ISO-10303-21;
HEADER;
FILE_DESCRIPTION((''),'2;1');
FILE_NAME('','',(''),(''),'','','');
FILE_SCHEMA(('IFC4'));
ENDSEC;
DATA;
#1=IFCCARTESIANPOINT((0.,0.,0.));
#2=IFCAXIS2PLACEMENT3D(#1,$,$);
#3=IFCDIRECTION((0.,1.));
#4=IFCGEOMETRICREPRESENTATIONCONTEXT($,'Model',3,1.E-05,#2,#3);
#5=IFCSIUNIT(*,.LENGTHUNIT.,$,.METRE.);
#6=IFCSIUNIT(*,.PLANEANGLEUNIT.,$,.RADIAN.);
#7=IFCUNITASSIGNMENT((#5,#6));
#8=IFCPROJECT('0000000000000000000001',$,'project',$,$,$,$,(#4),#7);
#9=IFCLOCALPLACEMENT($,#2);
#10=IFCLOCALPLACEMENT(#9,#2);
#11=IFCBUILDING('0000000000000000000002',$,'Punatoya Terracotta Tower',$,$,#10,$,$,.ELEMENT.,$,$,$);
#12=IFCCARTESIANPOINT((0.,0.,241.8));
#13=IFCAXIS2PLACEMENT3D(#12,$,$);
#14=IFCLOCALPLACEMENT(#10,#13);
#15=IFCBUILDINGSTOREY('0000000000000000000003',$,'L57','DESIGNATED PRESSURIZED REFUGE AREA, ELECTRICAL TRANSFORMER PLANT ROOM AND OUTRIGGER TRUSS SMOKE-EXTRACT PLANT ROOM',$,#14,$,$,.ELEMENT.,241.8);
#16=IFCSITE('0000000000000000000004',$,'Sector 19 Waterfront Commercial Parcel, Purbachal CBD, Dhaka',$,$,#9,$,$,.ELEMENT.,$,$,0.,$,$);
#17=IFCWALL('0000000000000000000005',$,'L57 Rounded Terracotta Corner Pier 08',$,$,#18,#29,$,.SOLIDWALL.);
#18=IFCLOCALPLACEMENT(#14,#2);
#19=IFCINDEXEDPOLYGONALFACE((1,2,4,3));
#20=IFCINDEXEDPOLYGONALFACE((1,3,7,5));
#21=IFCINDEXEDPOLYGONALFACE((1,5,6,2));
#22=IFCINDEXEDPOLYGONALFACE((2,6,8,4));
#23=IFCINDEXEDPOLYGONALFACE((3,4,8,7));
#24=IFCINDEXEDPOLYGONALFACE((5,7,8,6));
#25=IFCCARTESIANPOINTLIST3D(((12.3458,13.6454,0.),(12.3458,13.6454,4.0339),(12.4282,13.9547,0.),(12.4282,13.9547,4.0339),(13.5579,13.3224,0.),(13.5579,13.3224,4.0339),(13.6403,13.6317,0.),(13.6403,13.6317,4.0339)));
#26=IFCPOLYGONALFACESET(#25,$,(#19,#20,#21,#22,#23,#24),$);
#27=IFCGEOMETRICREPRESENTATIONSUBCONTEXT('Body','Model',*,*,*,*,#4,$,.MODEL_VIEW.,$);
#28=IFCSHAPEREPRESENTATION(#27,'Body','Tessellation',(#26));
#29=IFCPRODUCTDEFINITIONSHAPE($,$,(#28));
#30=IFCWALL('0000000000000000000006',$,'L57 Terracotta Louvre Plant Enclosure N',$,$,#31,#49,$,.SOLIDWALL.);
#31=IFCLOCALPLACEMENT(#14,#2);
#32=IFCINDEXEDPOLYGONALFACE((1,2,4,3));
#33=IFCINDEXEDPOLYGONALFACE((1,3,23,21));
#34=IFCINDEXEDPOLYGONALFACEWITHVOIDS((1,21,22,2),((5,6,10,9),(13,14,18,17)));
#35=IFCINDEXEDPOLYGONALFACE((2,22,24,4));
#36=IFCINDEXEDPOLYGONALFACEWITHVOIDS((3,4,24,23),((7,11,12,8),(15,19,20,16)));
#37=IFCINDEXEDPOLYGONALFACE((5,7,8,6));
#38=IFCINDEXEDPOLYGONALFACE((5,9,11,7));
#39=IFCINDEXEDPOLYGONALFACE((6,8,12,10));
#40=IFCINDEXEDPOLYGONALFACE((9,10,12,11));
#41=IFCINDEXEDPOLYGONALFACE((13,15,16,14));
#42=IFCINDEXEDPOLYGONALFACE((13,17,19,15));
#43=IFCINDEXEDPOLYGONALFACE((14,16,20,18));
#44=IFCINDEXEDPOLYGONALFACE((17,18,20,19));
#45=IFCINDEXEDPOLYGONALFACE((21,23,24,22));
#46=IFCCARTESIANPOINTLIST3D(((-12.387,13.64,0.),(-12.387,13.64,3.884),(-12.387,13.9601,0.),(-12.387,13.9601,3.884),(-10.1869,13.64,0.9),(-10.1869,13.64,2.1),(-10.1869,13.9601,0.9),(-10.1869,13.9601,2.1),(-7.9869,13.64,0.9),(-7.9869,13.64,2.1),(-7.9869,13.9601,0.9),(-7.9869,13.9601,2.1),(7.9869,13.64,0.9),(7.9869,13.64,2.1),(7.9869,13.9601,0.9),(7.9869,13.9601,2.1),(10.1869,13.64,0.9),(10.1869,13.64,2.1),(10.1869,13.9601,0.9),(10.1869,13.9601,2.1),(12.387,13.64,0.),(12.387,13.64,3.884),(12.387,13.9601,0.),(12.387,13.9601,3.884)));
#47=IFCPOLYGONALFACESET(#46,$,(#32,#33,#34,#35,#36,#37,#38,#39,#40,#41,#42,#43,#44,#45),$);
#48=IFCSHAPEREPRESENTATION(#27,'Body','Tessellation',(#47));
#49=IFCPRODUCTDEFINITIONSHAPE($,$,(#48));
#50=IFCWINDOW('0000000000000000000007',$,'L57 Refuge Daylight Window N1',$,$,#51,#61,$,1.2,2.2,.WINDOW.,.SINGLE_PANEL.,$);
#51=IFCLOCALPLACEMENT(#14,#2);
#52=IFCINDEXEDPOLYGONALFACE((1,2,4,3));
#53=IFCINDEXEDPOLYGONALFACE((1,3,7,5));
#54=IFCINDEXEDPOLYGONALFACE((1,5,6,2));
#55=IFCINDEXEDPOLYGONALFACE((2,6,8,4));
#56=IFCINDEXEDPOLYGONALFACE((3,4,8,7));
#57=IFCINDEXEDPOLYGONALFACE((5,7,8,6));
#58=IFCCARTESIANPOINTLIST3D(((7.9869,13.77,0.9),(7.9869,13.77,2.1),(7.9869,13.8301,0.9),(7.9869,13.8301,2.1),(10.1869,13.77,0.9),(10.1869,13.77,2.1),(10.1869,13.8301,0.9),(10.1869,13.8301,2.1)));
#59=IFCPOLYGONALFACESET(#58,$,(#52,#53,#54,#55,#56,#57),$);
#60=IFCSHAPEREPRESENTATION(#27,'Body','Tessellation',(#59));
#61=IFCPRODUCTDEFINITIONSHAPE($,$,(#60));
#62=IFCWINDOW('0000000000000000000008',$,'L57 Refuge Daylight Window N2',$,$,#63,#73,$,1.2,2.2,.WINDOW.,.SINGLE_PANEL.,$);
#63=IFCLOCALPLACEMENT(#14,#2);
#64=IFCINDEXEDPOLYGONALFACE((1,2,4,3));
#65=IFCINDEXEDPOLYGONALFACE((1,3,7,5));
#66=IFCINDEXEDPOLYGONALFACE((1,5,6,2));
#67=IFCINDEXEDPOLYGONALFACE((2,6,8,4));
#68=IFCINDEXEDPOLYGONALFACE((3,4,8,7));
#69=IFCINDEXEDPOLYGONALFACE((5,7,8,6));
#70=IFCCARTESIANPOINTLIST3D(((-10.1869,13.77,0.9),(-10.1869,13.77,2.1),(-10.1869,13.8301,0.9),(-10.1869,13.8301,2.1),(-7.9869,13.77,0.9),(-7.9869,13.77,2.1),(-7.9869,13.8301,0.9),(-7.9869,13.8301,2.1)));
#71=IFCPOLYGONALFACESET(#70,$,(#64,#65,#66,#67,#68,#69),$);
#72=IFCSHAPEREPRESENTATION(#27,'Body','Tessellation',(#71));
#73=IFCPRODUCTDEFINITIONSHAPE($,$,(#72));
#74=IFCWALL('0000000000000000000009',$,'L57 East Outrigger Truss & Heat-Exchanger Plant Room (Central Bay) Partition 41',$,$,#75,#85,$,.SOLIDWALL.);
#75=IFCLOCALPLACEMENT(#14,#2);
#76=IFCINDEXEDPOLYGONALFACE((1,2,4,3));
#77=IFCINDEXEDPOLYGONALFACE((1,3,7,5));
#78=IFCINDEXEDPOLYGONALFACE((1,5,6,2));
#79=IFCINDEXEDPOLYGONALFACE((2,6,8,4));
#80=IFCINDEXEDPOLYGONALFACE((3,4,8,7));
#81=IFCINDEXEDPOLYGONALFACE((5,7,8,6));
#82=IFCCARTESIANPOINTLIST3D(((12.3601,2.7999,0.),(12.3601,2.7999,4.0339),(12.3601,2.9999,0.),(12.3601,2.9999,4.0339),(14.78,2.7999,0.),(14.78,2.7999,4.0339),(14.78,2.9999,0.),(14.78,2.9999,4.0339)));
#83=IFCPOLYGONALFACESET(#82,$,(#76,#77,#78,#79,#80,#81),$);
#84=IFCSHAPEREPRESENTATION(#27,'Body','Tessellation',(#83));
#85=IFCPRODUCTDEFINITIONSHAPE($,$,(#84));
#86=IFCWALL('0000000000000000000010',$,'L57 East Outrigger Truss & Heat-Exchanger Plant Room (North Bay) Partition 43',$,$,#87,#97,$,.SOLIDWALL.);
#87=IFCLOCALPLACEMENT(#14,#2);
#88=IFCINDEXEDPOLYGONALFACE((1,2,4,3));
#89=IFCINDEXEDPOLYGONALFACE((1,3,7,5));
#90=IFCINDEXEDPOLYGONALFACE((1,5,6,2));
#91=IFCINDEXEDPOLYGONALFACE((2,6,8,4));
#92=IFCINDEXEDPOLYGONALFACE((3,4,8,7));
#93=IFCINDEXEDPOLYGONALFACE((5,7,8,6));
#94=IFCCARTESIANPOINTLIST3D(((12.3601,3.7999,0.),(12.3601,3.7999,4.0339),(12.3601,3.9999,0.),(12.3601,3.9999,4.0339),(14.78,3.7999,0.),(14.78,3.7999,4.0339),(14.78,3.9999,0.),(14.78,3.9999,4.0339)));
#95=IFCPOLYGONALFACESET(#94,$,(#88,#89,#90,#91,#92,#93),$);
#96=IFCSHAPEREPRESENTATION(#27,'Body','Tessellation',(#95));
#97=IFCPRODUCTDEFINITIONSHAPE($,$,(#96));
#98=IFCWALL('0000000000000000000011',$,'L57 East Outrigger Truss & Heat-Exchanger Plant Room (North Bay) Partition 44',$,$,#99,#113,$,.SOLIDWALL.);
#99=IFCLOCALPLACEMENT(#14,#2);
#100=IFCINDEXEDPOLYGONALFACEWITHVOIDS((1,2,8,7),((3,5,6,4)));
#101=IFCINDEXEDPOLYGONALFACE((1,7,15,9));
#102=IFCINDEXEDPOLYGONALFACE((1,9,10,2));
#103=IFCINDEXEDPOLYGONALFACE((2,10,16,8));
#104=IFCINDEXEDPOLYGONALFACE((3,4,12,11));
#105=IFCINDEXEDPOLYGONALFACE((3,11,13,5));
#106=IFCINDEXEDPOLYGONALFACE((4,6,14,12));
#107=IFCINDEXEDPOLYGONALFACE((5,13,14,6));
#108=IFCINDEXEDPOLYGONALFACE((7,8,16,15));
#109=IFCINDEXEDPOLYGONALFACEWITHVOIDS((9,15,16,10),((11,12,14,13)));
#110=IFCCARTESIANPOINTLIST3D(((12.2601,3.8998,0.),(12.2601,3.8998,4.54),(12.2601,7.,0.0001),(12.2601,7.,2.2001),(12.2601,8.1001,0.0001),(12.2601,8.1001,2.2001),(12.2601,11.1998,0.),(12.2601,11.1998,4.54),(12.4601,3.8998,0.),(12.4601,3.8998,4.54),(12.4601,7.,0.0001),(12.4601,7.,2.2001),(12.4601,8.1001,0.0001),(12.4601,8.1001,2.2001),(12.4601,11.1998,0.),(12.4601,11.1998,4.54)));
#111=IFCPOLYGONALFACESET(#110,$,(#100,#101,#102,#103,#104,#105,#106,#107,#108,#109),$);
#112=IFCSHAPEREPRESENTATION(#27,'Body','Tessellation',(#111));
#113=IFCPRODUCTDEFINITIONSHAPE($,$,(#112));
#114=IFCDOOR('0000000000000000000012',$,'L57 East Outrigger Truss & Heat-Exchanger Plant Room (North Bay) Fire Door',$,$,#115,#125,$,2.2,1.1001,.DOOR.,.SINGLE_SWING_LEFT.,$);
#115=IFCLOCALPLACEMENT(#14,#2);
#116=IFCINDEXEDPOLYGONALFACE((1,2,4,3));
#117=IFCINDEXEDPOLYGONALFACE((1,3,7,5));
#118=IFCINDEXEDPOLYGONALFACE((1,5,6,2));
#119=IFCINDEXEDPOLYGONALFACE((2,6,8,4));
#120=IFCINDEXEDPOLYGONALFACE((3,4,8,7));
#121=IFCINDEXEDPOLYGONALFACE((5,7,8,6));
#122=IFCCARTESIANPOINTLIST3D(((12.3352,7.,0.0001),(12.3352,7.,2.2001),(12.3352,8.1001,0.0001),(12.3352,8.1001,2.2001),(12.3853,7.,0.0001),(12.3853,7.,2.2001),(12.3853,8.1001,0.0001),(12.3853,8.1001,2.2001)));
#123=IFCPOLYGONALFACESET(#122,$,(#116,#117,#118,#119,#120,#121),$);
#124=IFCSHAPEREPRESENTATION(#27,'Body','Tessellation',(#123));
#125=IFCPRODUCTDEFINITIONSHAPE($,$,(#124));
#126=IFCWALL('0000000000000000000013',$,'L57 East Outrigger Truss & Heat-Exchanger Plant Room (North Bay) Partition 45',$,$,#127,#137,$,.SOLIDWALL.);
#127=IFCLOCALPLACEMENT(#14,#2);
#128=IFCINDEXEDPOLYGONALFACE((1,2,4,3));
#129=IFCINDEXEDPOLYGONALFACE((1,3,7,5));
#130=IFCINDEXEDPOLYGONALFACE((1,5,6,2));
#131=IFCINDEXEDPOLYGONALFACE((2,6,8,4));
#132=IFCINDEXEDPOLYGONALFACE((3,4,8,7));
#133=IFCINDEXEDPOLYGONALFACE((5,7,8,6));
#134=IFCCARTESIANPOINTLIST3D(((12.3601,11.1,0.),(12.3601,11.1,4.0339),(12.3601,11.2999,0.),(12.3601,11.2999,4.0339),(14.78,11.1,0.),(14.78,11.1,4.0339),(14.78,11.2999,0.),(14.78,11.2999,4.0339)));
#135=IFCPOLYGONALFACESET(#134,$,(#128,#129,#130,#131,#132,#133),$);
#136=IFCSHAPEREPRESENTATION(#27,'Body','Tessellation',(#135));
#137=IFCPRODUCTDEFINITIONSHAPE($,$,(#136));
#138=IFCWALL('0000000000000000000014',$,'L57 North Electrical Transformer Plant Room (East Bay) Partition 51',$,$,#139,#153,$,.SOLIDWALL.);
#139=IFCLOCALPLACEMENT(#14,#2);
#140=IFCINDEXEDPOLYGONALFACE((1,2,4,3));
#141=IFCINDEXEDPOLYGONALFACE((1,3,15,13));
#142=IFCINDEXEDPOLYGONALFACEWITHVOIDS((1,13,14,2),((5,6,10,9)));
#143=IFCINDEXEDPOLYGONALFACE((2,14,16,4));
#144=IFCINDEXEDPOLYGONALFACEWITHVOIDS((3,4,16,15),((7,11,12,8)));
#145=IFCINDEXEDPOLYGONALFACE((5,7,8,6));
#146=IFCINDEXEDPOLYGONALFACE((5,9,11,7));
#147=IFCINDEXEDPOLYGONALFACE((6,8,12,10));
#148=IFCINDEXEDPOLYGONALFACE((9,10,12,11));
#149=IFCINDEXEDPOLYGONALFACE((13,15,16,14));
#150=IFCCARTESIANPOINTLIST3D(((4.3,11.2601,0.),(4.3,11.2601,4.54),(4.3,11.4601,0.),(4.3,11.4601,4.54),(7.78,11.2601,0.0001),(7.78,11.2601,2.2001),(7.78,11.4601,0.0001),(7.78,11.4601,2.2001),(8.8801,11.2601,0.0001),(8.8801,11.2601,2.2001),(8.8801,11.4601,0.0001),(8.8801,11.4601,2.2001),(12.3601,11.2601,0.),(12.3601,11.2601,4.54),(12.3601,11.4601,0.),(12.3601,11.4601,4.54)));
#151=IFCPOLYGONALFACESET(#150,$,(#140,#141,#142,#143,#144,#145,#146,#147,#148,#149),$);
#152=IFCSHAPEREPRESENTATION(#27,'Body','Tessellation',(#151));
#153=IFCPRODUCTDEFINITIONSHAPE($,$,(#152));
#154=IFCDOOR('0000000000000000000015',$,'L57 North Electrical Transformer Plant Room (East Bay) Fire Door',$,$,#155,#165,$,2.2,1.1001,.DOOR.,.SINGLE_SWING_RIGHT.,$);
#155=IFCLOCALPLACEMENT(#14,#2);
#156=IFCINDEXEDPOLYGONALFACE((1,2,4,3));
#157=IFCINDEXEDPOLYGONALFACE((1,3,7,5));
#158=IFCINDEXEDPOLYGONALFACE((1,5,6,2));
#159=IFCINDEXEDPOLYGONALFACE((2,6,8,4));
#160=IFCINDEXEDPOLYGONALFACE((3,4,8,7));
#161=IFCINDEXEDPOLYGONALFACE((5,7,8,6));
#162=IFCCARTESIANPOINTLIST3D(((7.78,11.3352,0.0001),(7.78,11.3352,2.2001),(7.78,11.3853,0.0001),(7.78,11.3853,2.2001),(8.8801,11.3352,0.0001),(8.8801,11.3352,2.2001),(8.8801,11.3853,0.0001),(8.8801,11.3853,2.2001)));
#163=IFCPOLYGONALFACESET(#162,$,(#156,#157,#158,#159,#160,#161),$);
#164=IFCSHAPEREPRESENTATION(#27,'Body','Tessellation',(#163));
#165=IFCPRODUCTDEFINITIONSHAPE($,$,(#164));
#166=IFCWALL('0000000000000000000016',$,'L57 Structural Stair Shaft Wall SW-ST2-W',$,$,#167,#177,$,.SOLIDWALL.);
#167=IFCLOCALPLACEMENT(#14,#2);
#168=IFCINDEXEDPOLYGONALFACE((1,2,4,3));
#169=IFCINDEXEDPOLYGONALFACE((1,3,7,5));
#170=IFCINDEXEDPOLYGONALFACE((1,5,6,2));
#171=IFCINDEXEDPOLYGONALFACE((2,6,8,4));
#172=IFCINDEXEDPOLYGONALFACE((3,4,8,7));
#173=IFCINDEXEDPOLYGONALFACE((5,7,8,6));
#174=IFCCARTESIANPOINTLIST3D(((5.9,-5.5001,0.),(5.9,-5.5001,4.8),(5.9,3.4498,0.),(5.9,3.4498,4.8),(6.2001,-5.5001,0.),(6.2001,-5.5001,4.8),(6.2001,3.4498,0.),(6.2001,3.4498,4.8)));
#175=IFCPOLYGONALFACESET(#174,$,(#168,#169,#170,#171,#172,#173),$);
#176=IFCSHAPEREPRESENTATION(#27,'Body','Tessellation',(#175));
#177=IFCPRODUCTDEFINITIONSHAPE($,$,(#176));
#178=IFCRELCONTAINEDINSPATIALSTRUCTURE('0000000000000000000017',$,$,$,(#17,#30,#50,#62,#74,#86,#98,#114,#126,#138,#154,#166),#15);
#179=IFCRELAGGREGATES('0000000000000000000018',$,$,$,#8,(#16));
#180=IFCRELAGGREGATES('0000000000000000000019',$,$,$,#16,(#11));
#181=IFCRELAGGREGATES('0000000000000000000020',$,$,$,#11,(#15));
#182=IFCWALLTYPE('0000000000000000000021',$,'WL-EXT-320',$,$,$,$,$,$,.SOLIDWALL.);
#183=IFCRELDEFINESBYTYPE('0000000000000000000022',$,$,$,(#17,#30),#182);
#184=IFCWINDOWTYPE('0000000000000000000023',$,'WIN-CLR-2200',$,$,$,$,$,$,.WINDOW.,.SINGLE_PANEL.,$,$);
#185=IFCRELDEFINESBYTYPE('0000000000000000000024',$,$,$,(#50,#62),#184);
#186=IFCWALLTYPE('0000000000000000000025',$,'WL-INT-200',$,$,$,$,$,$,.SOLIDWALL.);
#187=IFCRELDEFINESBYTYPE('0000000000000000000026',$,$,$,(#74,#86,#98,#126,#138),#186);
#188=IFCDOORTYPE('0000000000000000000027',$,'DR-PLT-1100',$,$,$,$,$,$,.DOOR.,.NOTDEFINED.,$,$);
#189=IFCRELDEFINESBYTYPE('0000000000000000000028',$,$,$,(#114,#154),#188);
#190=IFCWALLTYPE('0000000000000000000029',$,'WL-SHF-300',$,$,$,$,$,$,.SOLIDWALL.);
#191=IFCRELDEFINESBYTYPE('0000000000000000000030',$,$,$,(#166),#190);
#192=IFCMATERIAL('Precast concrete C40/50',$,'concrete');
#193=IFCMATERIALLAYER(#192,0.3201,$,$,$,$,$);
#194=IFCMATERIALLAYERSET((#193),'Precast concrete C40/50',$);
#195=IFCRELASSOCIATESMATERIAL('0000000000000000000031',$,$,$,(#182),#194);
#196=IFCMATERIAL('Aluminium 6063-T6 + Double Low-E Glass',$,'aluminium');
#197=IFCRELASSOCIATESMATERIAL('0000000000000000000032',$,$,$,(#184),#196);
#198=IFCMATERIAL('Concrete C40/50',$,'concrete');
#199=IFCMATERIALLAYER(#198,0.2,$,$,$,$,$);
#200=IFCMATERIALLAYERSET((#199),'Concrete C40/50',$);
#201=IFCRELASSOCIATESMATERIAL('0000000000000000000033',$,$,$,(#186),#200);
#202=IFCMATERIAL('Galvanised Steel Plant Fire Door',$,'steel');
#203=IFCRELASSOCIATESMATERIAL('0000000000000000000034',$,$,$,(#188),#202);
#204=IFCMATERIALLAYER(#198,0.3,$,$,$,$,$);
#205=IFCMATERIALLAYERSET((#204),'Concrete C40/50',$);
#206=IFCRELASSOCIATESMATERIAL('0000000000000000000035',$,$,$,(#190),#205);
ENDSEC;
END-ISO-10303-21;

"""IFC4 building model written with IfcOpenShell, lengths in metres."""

from ifc_helpers import new_model, si_unit, direction, frame, frame_2d, origin, place, context, subcontext, project, spatial, rectangle, extrude, material, layer, layer_set, type_object, element, fill, save


model = new_model("IFC4")

# Units and contexts
model_context = context("Model", 3, precision=1e-05, world=origin(), true_north=direction((0.0, 1.0)))
body_context = subcontext(model_context, "Body", "Model", "MODEL_VIEW")
ifc_project = project(units=[si_unit("LENGTHUNIT", "METRE"), si_unit("PLANEANGLEUNIT", "RADIAN")], contexts=[model_context])

# Site, building, storey
site_placement = place(None, origin())
site = spatial("IfcSite", under=ifc_project, at=site_placement, Name="Sector 19 Waterfront Commercial Parcel, Purbachal CBD, Dhaka", CompositionType="ELEMENT", RefElevation=0.0)
building_placement = place(site_placement, origin())
building = spatial("IfcBuilding", under=site, at=building_placement, Name="Punatoya Terracotta Tower", CompositionType="ELEMENT")
storey_placement = place(building_placement, frame((0.0, 0.0, 241.8)))
storey = spatial("IfcBuildingStorey", under=building, at=storey_placement, Name="L57", Description="DESIGNATED PRESSURIZED REFUGE AREA, ELECTRICAL TRANSFORMER PLANT ROOM AND OUTRIGGER TRUSS SMOKE-EXTRACT PLANT ROOM", CompositionType="ELEMENT", Elevation=241.8)

# Wall
ifc_material_1 = material(Name="Precast concrete C40/50", Category="concrete")
ifc_layer_1 = layer(ifc_material_1, 0.3201)
ifc_layer_set_1 = layer_set([ifc_layer_1], Name="Precast concrete C40/50")
wall_type_1 = type_object("IfcWallType", Name="WL-EXT-320", PredefinedType="SOLIDWALL", material=ifc_layer_set_1)
wall_1_placement = place(storey_placement, frame((13.5991, 13.4771, 0.0), z_axis=(0.0, 0.0, 1.0), x_axis=(-0.966283, 0.257481, 0.0)))
element("IfcWall", 1, at=wall_1_placement, inside=storey, type_object=wall_type_1, Name="L57 Rounded Terracotta Corner Pier 08", PredefinedType="SOLIDWALL", context=body_context, shape_type="SweptSolid", body=[
    extrude(rectangle(XDim=1.2544, YDim=0.3201, at=frame_2d((0.6272, 0.0))), origin(), (0.0, 0.0, 1.0), 4.0339),
])

# Wall, openings, windows
wall_2_placement = place(storey_placement, frame((12.387, 13.8, 0.0), z_axis=(0.0, 0.0, 1.0), x_axis=(-1.0, 0.0, 0.0)))
wall_2 = element("IfcWall", 2, at=wall_2_placement, inside=storey, type_object=wall_type_1, Name="L57 Terracotta Louvre Plant Enclosure N", PredefinedType="SOLIDWALL", context=body_context, shape_type="SweptSolid", body=[
    extrude(rectangle(XDim=24.7739, YDim=0.3201, at=frame_2d((12.387, 0.0))), origin(), (0.0, 0.0, 1.0), 3.884),
])
opening_1_placement = place(wall_2_placement, frame((2.2, 0.0, 0.8999)))
opening_1 = element("IfcOpeningElement", 3, at=opening_1_placement, cuts=wall_2, PredefinedType="OPENING", context=body_context, shape_type="SweptSolid", body=[
    extrude(rectangle(XDim=2.2, YDim=1.2, at=frame_2d((1.1001, 0.6001))), frame((0.0, 0.1699, 0.0), z_axis=(0.0, -1.0, 0.0), x_axis=(1.0, 0.0, 0.0)), (0.0, 0.0, 1.0), 0.3401),
])
opening_2_placement = place(wall_2_placement, frame((20.3738, 0.0, 0.8999)))
opening_2 = element("IfcOpeningElement", 4, at=opening_2_placement, cuts=wall_2, PredefinedType="OPENING", context=body_context, shape_type="SweptSolid", body=[
    extrude(rectangle(XDim=2.2, YDim=1.2, at=frame_2d((1.1001, 0.6001))), frame((0.0, 0.1699, 0.0), z_axis=(0.0, -1.0, 0.0), x_axis=(1.0, 0.0, 0.0)), (0.0, 0.0, 1.0), 0.3401),
])
ifc_material_2 = material(Name="Aluminium 6063-T6 + Double Low-E Glass", Category="aluminium")
window_type = type_object("IfcWindowType", Name="WIN-CLR-2200", PartitioningType="SINGLE_PANEL", PredefinedType="WINDOW", material=ifc_material_2)
window_1_placement = place(opening_1_placement, origin())
window_1 = element("IfcWindow", 5, at=window_1_placement, inside=storey, type_object=window_type, Name="L57 Refuge Daylight Window N1", OverallHeight=1.2, OverallWidth=2.2, PartitioningType="SINGLE_PANEL", PredefinedType="WINDOW", context=body_context, shape_type="SweptSolid", body=[
    extrude(rectangle(XDim=2.2, YDim=1.2, at=frame_2d((1.1001, 0.6001))), frame((0.0, 0.03, 0.0), z_axis=(0.0, -1.0, 0.0), x_axis=(1.0, 0.0, 0.0)), (0.0, 0.0, 1.0), 0.0601),
])
fill(opening_1, window_1)
window_2_placement = place(opening_2_placement, origin())
window_2 = element("IfcWindow", 6, at=window_2_placement, inside=storey, type_object=window_type, Name="L57 Refuge Daylight Window N2", OverallHeight=1.2, OverallWidth=2.2, PartitioningType="SINGLE_PANEL", PredefinedType="WINDOW", context=body_context, shape_type="SweptSolid", body=[
    extrude(rectangle(XDim=2.2, YDim=1.2, at=frame_2d((1.1001, 0.6001))), frame((0.0, 0.03, 0.0), z_axis=(0.0, -1.0, 0.0), x_axis=(1.0, 0.0, 0.0)), (0.0, 0.0, 1.0), 0.0601),
])
fill(opening_2, window_2)

# Walls
ifc_material_3 = material(Name="Concrete C40/50", Category="concrete")
ifc_layer_2 = layer(ifc_material_3, 0.2)
ifc_layer_set_2 = layer_set([ifc_layer_2], Name="Concrete C40/50")
wall_type_2 = type_object("IfcWallType", Name="WL-INT-200", PredefinedType="SOLIDWALL", material=ifc_layer_set_2)
for number, where, z_axis, x_axis, name in (
    (7, (12.3601, 2.8999, 0.0), (0.0, 0.0, 1.0), (1.0, 0.0, 0.0), "L57 East Outrigger Truss & Heat-Exchanger Plant Room (Central Bay) Partition 41"),
    (8, (14.78, 3.8999, 0.0), (0.0, 0.0, 1.0), (-1.0, 0.0, 0.0), "L57 East Outrigger Truss & Heat-Exchanger Plant Room (North Bay) Partition 43"),
):
    element("IfcWall", number, at=place(storey_placement, frame(where, z_axis=z_axis, x_axis=x_axis)), inside=storey, type_object=wall_type_2, Name=name, PredefinedType="SOLIDWALL", context=body_context, shape_type="SweptSolid", body=[
        extrude(rectangle(XDim=2.4199, YDim=0.2, at=frame_2d((1.21, 0.0))), origin(), (0.0, 0.0, 1.0), 4.0339),
    ])

# Wall, opening, door
wall_3_placement = place(storey_placement, frame((12.3601, 3.8999, 0.0), z_axis=(0.0, 0.0, 1.0), x_axis=(0.0, 1.0, 0.0)))
wall_3 = element("IfcWall", 9, at=wall_3_placement, inside=storey, type_object=wall_type_2, Name="L57 East Outrigger Truss & Heat-Exchanger Plant Room (North Bay) Partition 44", PredefinedType="SOLIDWALL", context=body_context, shape_type="SweptSolid", body=[
    extrude(rectangle(XDim=7.3, YDim=0.2, at=frame_2d((3.6499, 0.0))), origin(), (0.0, 0.0, 1.0), 4.54),
])
opening_3_placement = place(wall_3_placement, frame((3.1001, 0.0, 0.0)))
opening_3 = element("IfcOpeningElement", 10, at=opening_3_placement, cuts=wall_3, PredefinedType="OPENING", context=body_context, shape_type="SweptSolid", body=[
    extrude(rectangle(XDim=1.1001, YDim=2.2, at=frame_2d((0.55, 1.1001))), frame((0.0, 0.1099, 0.0), z_axis=(0.0, -1.0, 0.0), x_axis=(1.0, 0.0, 0.0)), (0.0, 0.0, 1.0), 0.22),
])
ifc_material_4 = material(Name="Galvanised Steel Plant Fire Door", Category="steel")
door_type_1 = type_object("IfcDoorType", Name="DR-PLT-1100", OperationType="NOTDEFINED", PredefinedType="DOOR", material=ifc_material_4)
door_1_placement = place(opening_3_placement, origin())
door_1 = element("IfcDoor", 11, at=door_1_placement, inside=storey, type_object=door_type_1, Name="L57 East Outrigger Truss & Heat-Exchanger Plant Room (North Bay) Fire Door", OperationType="SINGLE_SWING_LEFT", OverallHeight=2.2, OverallWidth=1.1001, PredefinedType="DOOR", context=body_context, shape_type="SweptSolid", body=[
    extrude(rectangle(XDim=1.1001, YDim=2.2, at=frame_2d((0.55, 1.1001))), frame((0.0, 0.0249, 0.0), z_axis=(0.0, -1.0, 0.0), x_axis=(1.0, 0.0, 0.0)), (0.0, 0.0, 1.0), 0.05),
])
fill(opening_3, door_1)

# Wall
wall_4_placement = place(storey_placement, frame((12.3601, 11.2, 0.0), z_axis=(0.0, 0.0, 1.0), x_axis=(1.0, 0.0, 0.0)))
element("IfcWall", 12, at=wall_4_placement, inside=storey, type_object=wall_type_2, Name="L57 East Outrigger Truss & Heat-Exchanger Plant Room (North Bay) Partition 45", PredefinedType="SOLIDWALL", context=body_context, shape_type="SweptSolid", body=[
    extrude(rectangle(XDim=2.4199, YDim=0.2, at=frame_2d((1.21, 0.0))), origin(), (0.0, 0.0, 1.0), 4.0339),
])

# Wall, opening, door
wall_5_placement = place(storey_placement, frame((12.3601, 11.3601, 0.0), z_axis=(0.0, 0.0, 1.0), x_axis=(-1.0, 0.0, 0.0)))
wall_5 = element("IfcWall", 13, at=wall_5_placement, inside=storey, type_object=wall_type_2, Name="L57 North Electrical Transformer Plant Room (East Bay) Partition 51", PredefinedType="SOLIDWALL", context=body_context, shape_type="SweptSolid", body=[
    extrude(rectangle(XDim=8.0601, YDim=0.2, at=frame_2d((4.03, 0.0))), origin(), (0.0, 0.0, 1.0), 4.54),
])
opening_4_placement = place(wall_5_placement, frame((3.48, 0.0, 0.0)))
opening_4 = element("IfcOpeningElement", 14, at=opening_4_placement, cuts=wall_5, PredefinedType="OPENING", context=body_context, shape_type="SweptSolid", body=[
    extrude(rectangle(XDim=1.1001, YDim=2.2, at=frame_2d((0.55, 1.1001))), frame((0.0, 0.1099, 0.0), z_axis=(0.0, -1.0, 0.0), x_axis=(1.0, 0.0, 0.0)), (0.0, 0.0, 1.0), 0.22),
])
door_2_placement = place(opening_4_placement, origin())
door_2 = element("IfcDoor", 15, at=door_2_placement, inside=storey, type_object=door_type_1, Name="L57 North Electrical Transformer Plant Room (East Bay) Fire Door", OperationType="SINGLE_SWING_RIGHT", OverallHeight=2.2, OverallWidth=1.1001, PredefinedType="DOOR", context=body_context, shape_type="SweptSolid", body=[
    extrude(rectangle(XDim=1.1001, YDim=2.2, at=frame_2d((0.55, 1.1001))), frame((0.0, 0.0249, 0.0), z_axis=(0.0, -1.0, 0.0), x_axis=(1.0, 0.0, 0.0)), (0.0, 0.0, 1.0), 0.05),
])
fill(opening_4, door_2)

# Wall
ifc_layer_3 = layer(ifc_material_3, 0.3)
ifc_layer_set_3 = layer_set([ifc_layer_3], Name="Concrete C40/50")
wall_type_3 = type_object("IfcWallType", Name="WL-SHF-300", PredefinedType="SOLIDWALL", material=ifc_layer_set_3)
wall_6_placement = place(storey_placement, frame((6.05, 3.45, 0.0), z_axis=(0.0, 0.0, 1.0), x_axis=(0.0, -1.0, 0.0)))
element("IfcWall", 16, at=wall_6_placement, inside=storey, type_object=wall_type_3, Name="L57 Structural Stair Shaft Wall SW-ST2-W", PredefinedType="SOLIDWALL", context=body_context, shape_type="SweptSolid", body=[
    extrude(rectangle(XDim=8.95, YDim=0.3, at=frame_2d((4.4751, 0.0))), origin(), (0.0, 0.0, 1.0), 4.8),
])

save(model, "model.ifc")
